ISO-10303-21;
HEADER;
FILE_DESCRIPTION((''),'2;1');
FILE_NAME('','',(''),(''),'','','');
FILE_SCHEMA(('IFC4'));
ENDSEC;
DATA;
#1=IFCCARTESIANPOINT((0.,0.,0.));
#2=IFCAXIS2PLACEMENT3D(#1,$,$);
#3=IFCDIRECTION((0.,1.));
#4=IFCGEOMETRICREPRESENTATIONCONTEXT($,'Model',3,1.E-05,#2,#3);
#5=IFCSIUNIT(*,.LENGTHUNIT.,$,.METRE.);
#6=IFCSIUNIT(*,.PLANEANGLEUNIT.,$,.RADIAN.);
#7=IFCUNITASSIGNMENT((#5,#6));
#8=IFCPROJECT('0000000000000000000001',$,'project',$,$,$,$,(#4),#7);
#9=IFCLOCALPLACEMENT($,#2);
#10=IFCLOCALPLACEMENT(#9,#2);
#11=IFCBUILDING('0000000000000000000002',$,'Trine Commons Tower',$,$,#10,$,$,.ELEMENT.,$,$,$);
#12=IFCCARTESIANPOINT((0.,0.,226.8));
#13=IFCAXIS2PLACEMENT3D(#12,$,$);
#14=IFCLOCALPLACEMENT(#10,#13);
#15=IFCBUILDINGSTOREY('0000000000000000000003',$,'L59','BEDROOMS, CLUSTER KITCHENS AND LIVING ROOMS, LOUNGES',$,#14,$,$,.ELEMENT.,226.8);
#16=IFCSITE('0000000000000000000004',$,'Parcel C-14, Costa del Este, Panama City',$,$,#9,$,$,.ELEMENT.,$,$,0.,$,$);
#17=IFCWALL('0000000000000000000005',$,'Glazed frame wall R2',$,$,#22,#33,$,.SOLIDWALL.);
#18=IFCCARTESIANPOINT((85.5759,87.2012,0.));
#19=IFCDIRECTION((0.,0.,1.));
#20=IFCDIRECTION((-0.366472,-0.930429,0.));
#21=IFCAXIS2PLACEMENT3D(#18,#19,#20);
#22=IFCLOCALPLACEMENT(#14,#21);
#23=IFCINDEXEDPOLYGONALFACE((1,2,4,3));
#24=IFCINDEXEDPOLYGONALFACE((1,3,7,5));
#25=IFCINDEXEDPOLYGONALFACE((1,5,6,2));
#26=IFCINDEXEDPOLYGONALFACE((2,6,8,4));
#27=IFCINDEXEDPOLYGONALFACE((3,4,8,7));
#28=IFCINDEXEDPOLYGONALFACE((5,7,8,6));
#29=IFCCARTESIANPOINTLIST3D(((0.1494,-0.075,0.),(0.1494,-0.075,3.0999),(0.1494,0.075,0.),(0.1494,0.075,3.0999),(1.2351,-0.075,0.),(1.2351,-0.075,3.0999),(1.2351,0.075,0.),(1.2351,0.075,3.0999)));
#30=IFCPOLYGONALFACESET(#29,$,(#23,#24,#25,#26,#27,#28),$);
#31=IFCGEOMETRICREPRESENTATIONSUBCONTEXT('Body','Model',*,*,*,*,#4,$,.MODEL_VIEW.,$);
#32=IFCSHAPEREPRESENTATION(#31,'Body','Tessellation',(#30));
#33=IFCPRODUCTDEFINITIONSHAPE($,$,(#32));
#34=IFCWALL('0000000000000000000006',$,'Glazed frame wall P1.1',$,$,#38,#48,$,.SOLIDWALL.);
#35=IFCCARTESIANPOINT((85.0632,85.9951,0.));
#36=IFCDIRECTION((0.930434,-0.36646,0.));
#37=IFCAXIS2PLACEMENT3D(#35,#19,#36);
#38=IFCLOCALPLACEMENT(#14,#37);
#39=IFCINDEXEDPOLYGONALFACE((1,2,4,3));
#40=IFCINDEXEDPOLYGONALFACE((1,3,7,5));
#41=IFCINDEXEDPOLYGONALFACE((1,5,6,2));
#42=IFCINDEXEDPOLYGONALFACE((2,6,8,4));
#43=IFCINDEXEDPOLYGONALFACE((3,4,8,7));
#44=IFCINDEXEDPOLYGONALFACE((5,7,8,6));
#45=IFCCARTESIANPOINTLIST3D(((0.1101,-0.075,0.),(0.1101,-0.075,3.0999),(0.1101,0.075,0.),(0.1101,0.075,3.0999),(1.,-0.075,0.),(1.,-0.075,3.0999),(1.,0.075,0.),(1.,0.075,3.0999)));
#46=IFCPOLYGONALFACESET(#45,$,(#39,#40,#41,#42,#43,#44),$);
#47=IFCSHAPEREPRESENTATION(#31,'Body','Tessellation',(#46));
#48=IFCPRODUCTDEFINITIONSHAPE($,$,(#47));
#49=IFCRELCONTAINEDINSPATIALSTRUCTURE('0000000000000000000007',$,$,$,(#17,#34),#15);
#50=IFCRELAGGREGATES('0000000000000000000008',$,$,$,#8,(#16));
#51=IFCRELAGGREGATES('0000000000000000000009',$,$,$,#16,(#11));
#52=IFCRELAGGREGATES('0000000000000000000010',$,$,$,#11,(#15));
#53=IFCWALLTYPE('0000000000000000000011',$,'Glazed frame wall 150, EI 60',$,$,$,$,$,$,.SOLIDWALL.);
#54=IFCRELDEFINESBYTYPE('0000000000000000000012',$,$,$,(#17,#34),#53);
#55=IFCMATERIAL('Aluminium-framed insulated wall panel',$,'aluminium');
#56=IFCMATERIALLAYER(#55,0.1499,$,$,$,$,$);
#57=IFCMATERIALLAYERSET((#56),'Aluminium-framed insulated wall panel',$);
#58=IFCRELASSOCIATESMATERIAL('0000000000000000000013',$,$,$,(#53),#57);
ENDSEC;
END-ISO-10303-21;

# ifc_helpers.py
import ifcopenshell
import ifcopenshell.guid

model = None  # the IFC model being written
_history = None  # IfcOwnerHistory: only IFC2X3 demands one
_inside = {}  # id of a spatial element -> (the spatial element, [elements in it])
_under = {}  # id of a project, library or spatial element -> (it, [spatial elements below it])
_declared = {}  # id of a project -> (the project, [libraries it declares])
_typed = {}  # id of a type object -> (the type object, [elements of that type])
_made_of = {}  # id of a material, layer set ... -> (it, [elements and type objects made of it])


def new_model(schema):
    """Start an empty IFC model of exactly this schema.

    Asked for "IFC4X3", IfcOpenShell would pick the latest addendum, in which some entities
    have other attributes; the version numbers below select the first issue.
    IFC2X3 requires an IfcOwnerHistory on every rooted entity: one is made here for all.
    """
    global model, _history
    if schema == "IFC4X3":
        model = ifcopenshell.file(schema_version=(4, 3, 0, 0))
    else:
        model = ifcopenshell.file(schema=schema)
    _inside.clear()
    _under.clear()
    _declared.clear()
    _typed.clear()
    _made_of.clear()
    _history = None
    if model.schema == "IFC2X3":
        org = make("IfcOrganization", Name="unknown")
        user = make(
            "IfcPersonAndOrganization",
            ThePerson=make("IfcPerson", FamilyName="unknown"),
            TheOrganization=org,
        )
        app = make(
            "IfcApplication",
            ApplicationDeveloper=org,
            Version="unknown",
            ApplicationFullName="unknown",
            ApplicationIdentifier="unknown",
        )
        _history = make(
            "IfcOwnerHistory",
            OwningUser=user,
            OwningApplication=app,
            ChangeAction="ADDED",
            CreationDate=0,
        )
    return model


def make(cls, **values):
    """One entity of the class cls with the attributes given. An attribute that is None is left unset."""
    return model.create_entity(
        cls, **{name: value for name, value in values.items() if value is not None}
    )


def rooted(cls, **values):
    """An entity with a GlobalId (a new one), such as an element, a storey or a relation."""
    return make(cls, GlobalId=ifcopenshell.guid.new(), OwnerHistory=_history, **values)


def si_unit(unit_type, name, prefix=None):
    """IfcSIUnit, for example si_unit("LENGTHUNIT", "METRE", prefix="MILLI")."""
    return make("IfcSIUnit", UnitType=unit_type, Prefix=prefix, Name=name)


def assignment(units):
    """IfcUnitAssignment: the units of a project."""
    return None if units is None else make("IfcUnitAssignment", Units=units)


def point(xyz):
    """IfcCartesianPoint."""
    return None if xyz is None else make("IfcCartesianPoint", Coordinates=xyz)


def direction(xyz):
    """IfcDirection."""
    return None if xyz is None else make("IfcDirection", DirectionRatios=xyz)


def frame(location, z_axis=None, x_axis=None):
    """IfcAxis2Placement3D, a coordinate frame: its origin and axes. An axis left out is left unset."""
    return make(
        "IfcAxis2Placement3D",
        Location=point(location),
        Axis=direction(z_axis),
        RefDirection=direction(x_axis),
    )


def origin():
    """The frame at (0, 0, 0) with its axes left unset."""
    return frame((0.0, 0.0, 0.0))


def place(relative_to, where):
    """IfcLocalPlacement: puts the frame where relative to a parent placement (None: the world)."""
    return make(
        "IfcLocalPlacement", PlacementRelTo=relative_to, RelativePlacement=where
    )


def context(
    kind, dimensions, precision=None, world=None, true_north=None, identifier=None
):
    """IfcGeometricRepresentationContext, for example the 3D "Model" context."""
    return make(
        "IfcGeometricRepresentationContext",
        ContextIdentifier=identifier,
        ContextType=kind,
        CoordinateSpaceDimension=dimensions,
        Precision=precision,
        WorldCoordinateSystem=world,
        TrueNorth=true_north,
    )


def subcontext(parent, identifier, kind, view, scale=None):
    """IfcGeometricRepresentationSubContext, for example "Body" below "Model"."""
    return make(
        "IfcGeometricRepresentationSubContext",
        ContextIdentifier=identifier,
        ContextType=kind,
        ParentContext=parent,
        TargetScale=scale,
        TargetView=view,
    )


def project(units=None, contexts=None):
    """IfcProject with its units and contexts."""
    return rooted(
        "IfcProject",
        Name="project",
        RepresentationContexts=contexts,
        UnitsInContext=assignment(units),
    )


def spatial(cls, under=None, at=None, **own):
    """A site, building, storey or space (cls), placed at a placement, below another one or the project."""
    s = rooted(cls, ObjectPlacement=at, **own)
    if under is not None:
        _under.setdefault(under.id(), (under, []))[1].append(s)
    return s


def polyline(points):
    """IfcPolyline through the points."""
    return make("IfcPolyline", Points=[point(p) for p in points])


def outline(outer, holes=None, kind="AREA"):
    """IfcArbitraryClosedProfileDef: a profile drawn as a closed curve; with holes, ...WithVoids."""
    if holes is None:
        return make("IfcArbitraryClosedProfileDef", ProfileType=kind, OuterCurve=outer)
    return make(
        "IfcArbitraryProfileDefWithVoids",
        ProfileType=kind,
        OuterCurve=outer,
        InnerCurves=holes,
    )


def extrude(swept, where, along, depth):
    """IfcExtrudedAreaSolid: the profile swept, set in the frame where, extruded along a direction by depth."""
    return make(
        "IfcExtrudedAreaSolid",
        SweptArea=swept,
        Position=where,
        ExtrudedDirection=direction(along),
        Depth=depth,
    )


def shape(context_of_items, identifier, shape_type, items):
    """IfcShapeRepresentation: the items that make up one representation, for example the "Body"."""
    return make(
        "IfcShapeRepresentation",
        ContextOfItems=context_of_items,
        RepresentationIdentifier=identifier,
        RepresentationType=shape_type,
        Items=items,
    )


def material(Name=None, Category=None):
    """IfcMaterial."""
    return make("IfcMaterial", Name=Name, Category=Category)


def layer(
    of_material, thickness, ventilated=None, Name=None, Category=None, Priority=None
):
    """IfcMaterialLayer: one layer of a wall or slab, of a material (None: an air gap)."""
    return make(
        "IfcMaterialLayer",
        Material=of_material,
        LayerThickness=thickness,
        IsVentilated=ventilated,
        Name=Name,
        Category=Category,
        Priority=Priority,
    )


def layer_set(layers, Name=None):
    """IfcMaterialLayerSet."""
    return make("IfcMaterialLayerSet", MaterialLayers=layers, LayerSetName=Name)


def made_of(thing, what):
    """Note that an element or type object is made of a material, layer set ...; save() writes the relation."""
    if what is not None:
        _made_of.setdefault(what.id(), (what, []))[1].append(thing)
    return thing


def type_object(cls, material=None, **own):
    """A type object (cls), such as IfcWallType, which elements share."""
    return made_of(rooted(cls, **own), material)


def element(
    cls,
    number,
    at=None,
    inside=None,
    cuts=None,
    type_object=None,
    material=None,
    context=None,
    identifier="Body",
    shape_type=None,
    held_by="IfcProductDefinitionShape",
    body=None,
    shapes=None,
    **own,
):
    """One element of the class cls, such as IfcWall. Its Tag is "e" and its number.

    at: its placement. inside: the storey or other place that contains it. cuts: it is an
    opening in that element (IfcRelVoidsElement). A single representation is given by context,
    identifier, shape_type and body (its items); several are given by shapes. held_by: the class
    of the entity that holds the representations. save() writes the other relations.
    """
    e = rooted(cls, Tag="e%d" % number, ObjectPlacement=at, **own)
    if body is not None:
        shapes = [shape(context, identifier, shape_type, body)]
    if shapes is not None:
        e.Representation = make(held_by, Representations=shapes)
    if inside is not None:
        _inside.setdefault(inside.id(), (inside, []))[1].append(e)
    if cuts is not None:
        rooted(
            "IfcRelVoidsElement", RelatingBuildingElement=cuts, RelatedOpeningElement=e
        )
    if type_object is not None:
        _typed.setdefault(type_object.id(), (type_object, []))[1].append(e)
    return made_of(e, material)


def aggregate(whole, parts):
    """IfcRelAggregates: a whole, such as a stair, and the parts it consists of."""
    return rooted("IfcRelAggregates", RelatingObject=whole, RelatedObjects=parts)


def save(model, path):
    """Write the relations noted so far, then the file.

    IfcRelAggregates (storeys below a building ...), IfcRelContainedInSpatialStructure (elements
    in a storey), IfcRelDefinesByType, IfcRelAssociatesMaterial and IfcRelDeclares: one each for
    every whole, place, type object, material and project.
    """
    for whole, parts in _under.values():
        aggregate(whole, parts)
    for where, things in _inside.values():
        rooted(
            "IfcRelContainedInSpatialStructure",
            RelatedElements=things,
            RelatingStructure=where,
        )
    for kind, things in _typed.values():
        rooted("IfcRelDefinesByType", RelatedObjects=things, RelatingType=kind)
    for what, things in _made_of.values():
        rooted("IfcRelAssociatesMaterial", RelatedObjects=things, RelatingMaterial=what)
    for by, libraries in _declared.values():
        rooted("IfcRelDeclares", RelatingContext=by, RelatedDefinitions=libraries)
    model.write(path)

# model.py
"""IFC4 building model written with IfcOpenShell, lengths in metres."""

from ifc_helpers import new_model, si_unit, direction, frame, origin, place, context, subcontext, project, spatial, polyline, outline, extrude, material, layer, layer_set, type_object, element, save


model = new_model("IFC4")

# Units and contexts
model_context = context("Model", 3, precision=1e-05, world=origin(), true_north=direction((0.0, 1.0)))
body_context = subcontext(model_context, "Body", "Model", "MODEL_VIEW")
ifc_project = project(units=[si_unit("LENGTHUNIT", "METRE"), si_unit("PLANEANGLEUNIT", "RADIAN")], contexts=[model_context])

# Site, building, storey
site_placement = place(None, origin())
site = spatial("IfcSite", under=ifc_project, at=site_placement, Name="Parcel C-14, Costa del Este, Panama City", CompositionType="ELEMENT", RefElevation=0.0)
building_placement = place(site_placement, origin())
building = spatial("IfcBuilding", under=site, at=building_placement, Name="Trine Commons Tower", CompositionType="ELEMENT")
storey_placement = place(building_placement, frame((0.0, 0.0, 226.8)))
storey = spatial("IfcBuildingStorey", under=building, at=storey_placement, Name="L59", Description="BEDROOMS, CLUSTER KITCHENS AND LIVING ROOMS, LOUNGES", CompositionType="ELEMENT", Elevation=226.8)

# Walls
ifc_material_1 = material(Name="Aluminium-framed insulated wall panel", Category="aluminium")
ifc_layer_1 = layer(ifc_material_1, 0.1499)
ifc_layer_set_1 = layer_set([ifc_layer_1], Name="Aluminium-framed insulated wall panel")
wall_type_1 = type_object("IfcWallType", Name="Glazed frame wall 150, EI 60", PredefinedType="SOLIDWALL", material=ifc_layer_set_1)
wall_1_placement = place(storey_placement, frame((85.5759, 87.2012, 0.0), z_axis=(0.0, 0.0, 1.0), x_axis=(-0.366472, -0.930429, 0.0)))
element("IfcWall", 1, at=wall_1_placement, inside=storey, type_object=wall_type_1, Name="Glazed frame wall R2", PredefinedType="SOLIDWALL", context=body_context, shape_type="SweptSolid", body=[
    extrude(outline(polyline([(0.1494, 0.075), (0.1494, -0.075), (1.2351, -0.075), (1.2351, 0.075), (0.1494, 0.075)])), origin(), (0.0, 0.0, 1.0), 3.0999),
])
wall_2_placement = place(storey_placement, frame((85.0632, 85.9951, 0.0), z_axis=(0.0, 0.0, 1.0), x_axis=(0.930434, -0.36646, 0.0)))
element("IfcWall", 2, at=wall_2_placement, inside=storey, type_object=wall_type_1, Name="Glazed frame wall P1.1", PredefinedType="SOLIDWALL", context=body_context, shape_type="SweptSolid", body=[
    extrude(outline(polyline([(0.1101, -0.075), (1.0, -0.075), (1.0, 0.075), (0.1101, 0.075), (0.1101, -0.075)])), origin(), (0.0, 0.0, 1.0), 3.0999),
])

save(model, "model.ifc")
